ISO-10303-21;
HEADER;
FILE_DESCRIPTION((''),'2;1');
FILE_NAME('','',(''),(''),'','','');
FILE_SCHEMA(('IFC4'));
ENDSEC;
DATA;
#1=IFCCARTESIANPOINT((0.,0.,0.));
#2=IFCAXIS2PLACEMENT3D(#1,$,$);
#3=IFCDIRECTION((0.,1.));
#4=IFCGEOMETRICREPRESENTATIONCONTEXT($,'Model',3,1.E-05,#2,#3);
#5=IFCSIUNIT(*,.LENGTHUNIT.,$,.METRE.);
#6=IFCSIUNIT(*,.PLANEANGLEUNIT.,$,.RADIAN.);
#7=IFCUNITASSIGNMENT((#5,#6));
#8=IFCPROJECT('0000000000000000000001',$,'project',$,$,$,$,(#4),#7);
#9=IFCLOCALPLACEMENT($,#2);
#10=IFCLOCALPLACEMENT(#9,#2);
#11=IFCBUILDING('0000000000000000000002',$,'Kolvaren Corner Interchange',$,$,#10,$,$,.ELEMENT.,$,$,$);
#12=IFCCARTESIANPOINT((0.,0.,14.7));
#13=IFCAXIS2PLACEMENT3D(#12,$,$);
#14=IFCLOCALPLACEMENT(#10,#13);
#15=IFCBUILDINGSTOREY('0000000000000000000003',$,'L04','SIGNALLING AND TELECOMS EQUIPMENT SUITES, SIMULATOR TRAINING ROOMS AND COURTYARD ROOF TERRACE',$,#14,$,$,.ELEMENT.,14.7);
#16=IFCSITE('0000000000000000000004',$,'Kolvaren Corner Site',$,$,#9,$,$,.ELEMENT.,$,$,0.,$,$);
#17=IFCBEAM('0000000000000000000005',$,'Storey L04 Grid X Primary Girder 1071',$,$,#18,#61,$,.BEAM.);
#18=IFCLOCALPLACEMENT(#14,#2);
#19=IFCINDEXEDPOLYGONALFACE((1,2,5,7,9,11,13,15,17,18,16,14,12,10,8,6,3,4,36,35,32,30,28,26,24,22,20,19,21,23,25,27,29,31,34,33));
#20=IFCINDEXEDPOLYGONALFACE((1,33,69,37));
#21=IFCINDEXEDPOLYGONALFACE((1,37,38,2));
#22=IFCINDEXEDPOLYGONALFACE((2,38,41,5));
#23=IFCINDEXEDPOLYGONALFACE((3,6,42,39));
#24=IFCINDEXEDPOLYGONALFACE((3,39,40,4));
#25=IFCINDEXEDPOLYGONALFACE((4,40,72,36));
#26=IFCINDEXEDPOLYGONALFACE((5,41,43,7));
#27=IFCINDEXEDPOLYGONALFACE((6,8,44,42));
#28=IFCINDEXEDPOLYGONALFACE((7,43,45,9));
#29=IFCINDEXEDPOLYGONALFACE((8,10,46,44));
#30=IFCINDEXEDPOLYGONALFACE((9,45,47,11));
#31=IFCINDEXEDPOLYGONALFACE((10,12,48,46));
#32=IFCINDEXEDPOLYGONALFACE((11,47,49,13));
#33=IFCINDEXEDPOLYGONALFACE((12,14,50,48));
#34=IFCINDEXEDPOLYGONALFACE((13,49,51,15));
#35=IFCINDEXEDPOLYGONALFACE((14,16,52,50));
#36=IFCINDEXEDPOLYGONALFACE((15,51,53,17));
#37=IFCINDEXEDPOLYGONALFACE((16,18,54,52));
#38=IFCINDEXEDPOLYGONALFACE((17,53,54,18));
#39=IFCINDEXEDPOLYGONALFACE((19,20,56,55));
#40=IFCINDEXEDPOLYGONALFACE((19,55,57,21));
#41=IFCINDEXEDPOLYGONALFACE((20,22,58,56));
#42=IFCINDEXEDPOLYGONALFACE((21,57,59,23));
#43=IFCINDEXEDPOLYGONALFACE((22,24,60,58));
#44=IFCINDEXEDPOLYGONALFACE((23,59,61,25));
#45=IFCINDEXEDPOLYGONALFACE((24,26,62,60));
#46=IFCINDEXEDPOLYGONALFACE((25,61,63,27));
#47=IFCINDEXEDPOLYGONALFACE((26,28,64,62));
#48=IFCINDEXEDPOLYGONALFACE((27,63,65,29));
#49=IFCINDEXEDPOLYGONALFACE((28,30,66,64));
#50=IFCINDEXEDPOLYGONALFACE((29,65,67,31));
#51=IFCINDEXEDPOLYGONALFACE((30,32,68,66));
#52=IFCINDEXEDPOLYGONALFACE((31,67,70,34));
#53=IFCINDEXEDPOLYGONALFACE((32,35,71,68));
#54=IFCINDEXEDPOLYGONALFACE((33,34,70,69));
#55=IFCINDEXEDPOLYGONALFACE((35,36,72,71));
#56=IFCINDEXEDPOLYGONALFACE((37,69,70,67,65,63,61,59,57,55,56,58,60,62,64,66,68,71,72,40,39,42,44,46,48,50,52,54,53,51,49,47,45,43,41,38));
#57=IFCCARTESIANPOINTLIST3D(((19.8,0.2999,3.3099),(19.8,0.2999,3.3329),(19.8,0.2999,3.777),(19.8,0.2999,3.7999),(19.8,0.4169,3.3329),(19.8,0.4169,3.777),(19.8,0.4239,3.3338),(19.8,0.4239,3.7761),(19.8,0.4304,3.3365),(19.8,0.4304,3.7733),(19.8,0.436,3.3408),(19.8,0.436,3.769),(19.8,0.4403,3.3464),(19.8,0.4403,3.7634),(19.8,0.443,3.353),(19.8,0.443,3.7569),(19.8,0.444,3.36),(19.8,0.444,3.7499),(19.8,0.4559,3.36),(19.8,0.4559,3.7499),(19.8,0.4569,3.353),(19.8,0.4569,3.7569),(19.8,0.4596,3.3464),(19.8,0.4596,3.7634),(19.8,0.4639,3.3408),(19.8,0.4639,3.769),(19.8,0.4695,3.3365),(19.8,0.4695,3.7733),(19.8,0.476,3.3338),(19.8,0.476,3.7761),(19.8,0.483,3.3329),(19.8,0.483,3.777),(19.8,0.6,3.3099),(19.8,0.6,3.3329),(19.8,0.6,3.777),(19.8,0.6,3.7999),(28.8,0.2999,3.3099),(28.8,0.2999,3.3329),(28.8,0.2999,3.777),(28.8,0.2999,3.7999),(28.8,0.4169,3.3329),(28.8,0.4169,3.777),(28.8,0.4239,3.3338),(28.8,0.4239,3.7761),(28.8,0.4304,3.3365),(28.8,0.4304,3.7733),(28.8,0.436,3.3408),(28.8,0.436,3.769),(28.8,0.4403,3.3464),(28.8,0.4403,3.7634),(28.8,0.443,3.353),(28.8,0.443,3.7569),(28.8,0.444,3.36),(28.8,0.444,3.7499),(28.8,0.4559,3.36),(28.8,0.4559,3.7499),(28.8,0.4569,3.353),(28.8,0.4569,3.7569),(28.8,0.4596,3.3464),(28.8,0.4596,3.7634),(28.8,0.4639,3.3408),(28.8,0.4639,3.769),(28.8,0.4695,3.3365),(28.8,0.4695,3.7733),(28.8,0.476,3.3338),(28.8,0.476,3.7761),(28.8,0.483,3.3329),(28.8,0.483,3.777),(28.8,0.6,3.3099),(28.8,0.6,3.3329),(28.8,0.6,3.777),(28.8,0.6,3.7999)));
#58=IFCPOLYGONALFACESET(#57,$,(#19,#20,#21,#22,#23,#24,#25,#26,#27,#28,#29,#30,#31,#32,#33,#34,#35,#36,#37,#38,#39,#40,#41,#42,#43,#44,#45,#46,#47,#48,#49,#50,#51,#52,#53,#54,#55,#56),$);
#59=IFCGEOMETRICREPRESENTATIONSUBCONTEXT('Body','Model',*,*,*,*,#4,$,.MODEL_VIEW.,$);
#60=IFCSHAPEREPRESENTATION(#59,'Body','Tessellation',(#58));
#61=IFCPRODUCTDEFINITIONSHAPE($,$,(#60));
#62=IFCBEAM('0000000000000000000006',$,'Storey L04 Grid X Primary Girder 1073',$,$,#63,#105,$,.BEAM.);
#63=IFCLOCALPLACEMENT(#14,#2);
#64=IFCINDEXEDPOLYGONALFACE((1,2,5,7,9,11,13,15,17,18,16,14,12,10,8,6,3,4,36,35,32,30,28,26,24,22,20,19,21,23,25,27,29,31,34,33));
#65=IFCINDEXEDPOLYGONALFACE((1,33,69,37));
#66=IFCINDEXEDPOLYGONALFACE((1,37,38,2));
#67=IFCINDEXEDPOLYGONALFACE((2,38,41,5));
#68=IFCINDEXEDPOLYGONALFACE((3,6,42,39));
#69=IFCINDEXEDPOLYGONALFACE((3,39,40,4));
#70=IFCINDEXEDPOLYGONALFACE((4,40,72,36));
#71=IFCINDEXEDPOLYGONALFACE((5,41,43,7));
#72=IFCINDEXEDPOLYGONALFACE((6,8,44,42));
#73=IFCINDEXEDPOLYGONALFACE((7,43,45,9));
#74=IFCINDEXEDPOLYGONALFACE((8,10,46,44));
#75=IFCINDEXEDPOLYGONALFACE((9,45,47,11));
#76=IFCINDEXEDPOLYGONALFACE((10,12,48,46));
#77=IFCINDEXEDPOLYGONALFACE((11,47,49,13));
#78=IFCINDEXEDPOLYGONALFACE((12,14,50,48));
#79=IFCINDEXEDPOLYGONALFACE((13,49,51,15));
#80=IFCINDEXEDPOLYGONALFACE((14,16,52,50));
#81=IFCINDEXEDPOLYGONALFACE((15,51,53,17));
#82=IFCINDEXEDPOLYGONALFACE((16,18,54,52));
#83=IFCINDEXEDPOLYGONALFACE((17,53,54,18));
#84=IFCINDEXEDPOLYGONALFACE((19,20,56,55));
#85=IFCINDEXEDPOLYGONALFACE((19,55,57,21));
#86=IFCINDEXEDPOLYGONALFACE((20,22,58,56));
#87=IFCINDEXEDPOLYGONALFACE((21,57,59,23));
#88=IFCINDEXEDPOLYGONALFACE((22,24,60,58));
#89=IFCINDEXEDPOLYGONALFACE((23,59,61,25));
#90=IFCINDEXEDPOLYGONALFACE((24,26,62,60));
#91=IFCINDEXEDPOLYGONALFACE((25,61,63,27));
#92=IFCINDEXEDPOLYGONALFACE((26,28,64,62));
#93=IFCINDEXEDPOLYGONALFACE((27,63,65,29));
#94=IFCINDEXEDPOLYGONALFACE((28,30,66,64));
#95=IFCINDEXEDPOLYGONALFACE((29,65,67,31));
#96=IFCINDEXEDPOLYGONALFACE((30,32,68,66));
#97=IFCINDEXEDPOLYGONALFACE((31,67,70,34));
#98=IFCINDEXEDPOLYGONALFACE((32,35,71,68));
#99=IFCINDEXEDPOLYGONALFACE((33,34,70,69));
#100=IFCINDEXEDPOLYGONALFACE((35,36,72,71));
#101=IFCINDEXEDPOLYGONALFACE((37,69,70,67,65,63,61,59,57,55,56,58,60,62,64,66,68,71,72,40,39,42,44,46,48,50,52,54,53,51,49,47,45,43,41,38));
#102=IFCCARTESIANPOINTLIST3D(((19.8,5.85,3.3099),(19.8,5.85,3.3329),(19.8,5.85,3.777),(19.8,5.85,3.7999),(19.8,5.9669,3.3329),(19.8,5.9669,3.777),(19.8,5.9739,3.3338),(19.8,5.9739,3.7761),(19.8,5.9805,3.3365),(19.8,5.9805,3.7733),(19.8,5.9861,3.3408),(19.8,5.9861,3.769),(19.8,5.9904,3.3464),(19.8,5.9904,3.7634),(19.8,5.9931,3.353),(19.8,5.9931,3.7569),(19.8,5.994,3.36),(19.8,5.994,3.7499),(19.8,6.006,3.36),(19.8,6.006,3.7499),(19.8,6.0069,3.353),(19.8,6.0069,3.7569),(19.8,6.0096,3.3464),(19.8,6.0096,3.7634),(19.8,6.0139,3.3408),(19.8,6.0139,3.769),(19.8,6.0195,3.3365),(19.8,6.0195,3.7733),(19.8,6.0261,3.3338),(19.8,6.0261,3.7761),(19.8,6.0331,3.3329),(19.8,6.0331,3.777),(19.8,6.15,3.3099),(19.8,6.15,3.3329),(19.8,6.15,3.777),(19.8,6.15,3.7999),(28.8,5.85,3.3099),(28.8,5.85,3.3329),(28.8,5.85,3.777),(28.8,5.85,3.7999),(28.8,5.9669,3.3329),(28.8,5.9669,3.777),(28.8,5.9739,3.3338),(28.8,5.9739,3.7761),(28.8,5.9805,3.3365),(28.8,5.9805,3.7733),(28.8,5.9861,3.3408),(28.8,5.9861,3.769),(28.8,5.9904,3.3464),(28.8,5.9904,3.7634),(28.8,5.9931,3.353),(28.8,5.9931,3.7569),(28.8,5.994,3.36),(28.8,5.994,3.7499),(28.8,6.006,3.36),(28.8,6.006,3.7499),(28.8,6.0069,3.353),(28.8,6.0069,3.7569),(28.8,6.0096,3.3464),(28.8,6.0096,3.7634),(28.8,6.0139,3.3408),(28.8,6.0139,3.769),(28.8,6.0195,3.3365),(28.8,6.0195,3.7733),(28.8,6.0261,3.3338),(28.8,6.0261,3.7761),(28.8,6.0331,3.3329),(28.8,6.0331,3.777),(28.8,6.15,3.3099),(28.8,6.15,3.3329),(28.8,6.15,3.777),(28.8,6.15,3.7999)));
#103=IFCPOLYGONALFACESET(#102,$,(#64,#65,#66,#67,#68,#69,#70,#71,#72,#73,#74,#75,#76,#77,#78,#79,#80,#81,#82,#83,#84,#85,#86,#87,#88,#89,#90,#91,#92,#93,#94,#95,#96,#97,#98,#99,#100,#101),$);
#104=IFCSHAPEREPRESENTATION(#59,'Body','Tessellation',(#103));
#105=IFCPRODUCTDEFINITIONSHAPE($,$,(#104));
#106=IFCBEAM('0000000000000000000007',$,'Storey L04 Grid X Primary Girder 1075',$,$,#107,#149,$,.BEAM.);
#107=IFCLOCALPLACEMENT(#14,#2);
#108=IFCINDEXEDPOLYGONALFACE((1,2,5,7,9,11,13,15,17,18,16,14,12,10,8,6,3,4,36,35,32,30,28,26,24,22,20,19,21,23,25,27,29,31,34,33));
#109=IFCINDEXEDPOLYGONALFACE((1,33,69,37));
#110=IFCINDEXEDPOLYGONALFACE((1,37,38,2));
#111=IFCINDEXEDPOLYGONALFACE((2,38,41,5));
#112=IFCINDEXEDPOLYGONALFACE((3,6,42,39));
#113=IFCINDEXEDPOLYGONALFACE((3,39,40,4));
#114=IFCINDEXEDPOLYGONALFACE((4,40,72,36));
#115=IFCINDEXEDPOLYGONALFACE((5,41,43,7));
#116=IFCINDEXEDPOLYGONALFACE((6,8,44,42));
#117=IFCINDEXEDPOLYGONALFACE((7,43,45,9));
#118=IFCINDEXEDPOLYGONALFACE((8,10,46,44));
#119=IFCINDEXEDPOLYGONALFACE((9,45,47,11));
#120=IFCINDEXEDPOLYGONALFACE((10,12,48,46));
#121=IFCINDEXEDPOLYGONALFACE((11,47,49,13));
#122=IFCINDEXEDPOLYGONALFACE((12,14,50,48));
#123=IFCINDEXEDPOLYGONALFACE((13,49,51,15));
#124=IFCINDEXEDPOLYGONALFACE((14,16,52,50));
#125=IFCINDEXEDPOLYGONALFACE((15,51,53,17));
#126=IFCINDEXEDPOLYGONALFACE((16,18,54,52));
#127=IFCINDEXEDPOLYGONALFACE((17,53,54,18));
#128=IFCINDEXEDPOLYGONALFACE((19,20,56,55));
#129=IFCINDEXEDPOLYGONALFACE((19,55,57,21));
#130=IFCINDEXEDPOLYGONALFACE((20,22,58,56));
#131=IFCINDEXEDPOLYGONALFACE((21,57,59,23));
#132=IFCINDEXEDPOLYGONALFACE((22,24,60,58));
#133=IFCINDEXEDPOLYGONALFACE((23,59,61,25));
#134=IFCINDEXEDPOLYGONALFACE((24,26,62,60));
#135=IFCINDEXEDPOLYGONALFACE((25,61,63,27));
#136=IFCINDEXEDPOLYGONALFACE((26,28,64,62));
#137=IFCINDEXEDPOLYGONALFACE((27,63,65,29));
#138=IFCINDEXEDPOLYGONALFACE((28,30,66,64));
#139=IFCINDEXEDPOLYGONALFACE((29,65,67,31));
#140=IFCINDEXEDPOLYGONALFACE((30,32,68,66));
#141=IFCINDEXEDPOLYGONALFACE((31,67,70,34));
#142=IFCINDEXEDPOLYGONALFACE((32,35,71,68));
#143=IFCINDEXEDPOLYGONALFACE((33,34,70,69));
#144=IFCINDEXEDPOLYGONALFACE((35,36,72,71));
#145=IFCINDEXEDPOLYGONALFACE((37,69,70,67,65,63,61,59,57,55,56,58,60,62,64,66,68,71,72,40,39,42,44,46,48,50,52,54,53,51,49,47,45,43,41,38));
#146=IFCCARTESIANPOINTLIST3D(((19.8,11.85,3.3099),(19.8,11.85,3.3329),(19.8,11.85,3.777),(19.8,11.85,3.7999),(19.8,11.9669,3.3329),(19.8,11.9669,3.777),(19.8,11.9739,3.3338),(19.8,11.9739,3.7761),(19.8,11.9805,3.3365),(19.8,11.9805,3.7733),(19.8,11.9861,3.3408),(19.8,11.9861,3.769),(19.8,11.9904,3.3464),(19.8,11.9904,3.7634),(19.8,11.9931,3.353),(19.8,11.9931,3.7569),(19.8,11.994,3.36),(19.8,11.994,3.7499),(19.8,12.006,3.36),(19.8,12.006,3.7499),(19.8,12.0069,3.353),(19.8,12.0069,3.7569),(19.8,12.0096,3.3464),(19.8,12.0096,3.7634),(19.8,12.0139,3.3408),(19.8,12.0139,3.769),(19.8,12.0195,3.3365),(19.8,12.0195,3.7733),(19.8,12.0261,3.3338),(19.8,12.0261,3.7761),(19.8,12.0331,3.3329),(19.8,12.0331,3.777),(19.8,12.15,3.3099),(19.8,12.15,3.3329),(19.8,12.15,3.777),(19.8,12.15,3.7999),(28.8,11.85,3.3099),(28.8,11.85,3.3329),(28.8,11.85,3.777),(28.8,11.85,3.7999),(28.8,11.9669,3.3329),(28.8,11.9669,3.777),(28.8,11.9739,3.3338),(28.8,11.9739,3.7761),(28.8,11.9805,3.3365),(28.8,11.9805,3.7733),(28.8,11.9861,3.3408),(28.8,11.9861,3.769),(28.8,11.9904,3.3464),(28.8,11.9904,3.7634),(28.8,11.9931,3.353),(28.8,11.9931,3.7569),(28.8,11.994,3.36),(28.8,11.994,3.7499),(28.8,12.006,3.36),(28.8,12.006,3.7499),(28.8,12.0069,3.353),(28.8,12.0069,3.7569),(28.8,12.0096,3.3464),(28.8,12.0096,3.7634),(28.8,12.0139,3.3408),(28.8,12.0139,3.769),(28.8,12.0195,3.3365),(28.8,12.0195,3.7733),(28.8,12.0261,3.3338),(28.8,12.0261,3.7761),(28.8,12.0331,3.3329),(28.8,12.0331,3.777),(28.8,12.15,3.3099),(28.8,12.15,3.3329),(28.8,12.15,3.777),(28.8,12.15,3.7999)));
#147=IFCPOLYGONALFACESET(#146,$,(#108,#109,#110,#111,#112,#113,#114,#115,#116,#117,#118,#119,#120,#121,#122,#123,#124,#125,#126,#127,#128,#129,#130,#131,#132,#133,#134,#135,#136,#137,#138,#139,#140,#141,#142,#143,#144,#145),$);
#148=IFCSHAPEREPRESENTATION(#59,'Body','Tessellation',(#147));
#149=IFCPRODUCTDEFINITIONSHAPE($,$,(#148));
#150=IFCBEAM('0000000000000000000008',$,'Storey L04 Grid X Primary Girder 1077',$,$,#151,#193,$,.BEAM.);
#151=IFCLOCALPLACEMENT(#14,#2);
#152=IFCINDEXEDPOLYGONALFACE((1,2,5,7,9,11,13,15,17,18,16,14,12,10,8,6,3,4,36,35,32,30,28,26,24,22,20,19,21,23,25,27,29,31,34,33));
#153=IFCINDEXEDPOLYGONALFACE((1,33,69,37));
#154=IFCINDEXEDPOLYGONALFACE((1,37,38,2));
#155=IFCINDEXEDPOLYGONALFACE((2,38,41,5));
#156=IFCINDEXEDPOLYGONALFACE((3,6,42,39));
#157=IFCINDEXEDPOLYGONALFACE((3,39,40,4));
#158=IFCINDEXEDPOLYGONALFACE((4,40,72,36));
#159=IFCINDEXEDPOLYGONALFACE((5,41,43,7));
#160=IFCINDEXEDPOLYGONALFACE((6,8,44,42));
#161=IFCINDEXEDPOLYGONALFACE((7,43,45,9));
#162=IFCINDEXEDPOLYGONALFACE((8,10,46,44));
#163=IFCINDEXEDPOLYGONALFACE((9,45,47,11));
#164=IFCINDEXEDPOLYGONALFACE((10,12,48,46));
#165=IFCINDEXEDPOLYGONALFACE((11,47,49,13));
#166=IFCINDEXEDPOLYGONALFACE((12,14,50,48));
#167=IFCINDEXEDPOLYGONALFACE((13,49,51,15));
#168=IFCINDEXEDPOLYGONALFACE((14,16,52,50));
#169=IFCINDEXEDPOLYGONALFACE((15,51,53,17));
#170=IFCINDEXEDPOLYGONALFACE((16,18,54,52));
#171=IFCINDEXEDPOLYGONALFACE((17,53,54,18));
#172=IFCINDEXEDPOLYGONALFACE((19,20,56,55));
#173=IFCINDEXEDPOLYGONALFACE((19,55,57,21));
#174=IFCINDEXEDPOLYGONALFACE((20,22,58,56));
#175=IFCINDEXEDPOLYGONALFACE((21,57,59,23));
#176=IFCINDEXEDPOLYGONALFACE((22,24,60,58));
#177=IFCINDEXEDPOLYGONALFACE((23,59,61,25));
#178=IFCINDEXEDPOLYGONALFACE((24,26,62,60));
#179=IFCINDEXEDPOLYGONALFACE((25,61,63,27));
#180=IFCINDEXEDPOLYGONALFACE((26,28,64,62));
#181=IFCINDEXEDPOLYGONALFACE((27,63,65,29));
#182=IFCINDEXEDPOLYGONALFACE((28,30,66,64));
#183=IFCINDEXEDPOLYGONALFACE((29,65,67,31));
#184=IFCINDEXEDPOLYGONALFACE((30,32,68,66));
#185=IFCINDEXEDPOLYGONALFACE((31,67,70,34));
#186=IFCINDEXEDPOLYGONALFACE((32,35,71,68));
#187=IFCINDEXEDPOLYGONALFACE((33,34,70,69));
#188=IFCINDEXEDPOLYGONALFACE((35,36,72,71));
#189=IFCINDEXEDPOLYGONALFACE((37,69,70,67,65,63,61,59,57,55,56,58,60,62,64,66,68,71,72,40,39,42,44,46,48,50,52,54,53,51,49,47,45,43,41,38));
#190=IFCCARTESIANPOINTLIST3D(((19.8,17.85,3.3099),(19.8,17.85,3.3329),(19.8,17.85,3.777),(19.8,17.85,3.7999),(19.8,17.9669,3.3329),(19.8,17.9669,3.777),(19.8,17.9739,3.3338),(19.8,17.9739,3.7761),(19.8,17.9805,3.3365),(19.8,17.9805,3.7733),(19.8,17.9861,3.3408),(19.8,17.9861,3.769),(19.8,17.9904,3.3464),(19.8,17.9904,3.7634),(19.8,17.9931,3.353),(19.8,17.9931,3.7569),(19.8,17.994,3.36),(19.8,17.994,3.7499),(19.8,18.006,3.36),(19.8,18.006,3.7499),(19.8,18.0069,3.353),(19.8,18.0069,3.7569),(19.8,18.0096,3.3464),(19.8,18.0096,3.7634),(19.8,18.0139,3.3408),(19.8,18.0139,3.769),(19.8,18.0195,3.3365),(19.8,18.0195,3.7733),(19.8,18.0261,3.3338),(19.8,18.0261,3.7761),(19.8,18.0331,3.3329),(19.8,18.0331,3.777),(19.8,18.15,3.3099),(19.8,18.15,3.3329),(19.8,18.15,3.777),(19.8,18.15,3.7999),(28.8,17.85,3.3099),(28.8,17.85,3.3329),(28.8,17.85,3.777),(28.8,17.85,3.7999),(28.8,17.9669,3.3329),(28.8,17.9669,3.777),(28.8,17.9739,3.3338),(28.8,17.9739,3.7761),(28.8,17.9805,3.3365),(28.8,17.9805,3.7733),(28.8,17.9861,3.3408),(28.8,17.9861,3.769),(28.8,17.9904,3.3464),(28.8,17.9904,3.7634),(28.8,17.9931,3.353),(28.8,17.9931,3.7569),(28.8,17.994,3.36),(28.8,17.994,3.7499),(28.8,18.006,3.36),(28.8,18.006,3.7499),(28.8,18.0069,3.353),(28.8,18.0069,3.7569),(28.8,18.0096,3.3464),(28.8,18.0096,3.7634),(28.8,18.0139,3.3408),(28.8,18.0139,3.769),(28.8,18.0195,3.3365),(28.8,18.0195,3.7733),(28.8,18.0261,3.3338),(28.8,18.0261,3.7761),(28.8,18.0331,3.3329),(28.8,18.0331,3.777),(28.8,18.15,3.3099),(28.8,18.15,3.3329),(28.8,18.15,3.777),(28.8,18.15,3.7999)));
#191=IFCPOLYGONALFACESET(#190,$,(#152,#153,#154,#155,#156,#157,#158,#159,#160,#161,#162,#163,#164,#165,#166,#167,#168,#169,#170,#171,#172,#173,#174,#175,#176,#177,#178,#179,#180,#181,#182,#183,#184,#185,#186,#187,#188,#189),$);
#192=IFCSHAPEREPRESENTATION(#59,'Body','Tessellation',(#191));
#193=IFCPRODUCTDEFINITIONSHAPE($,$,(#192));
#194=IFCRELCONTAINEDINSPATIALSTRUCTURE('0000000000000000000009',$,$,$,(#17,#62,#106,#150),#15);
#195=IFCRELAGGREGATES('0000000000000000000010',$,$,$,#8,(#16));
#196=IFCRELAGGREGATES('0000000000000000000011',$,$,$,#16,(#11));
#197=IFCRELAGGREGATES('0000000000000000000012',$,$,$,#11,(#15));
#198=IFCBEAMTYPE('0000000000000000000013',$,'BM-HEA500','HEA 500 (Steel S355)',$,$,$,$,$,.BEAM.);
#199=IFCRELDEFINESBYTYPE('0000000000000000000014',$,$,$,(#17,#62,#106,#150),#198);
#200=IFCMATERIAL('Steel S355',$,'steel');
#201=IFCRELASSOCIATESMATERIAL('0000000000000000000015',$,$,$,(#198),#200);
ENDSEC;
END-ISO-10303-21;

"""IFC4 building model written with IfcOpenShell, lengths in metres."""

from ifc_helpers import new_model, si_unit, direction, frame, origin, origin_2d, place, context, subcontext, project, spatial, i_section, extrude, material, material_profile, profile_set, type_object, element, save


model = new_model("IFC4")

# Units and contexts
model_context = context("Model", 3, precision=1e-05, world=origin(), true_north=direction((0.0, 1.0)))
body_context = subcontext(model_context, "Body", "Model", "MODEL_VIEW")
ifc_project = project(units=[si_unit("LENGTHUNIT", "METRE"), si_unit("PLANEANGLEUNIT", "RADIAN")], contexts=[model_context])

# Site, building, storey
site_placement = place(None, origin())
site = spatial("IfcSite", under=ifc_project, at=site_placement, Name="Kolvaren Corner Site", CompositionType="ELEMENT", RefElevation=0.0)
building_placement = place(site_placement, origin())
building = spatial("IfcBuilding", under=site, at=building_placement, Name="Kolvaren Corner Interchange", CompositionType="ELEMENT")
storey_placement = place(building_placement, frame((0.0, 0.0, 14.7)))
storey = spatial("IfcBuildingStorey", under=building, at=storey_placement, Name="L04", Description="SIGNALLING AND TELECOMS EQUIPMENT SUITES, SIMULATOR TRAINING ROOMS AND COURTYARD ROOF TERRACE", CompositionType="ELEMENT", Elevation=14.7)

# Beams
ifc_material_1 = material(Name="Steel S355", Category="steel")
ifc_material_profile_1 = material_profile(ifc_material_1, i_section(OverallWidth=0.3, OverallDepth=0.49, WebThickness=0.012, FlangeThickness=0.0229, FilletRadius=0.0271, at=origin_2d()), Name="HEA 500")
ifc_profile_set_1 = profile_set([ifc_material_profile_1], Name="Steel S355")
beam_type_1 = type_object("IfcBeamType", Name="BM-HEA500", Description="HEA 500 (Steel S355)", PredefinedType="BEAM", material=ifc_profile_set_1)
for number, where, z_axis, x_axis, name in (
    (1, (19.8, 0.45, 3.5549), (1.0, 0.0, 0.0), (0.0, 1.0, 0.0), "Storey L04 Grid X Primary Girder 1071"),
    (2, (19.8, 6.0, 3.5549), (1.0, 0.0, 0.0), (0.0, 1.0, 0.0), "Storey L04 Grid X Primary Girder 1073"),
    (3, (19.8, 12.0, 3.5549), (1.0, 0.0, 0.0), (0.0, 1.0, 0.0), "Storey L04 Grid X Primary Girder 1075"),
    (4, (19.8, 18.0, 3.5549), (1.0, 0.0, 0.0), (0.0, 1.0, 0.0), "Storey L04 Grid X Primary Girder 1077"),
):
    element("IfcBeam", number, at=place(storey_placement, frame(where, z_axis=z_axis, x_axis=x_axis)), inside=storey, type_object=beam_type_1, Name=name, PredefinedType="BEAM", context=body_context, shape_type="SweptSolid", body=[
        extrude(i_section(OverallWidth=0.3, OverallDepth=0.49, WebThickness=0.012, FlangeThickness=0.0229, FilletRadius=0.0271, at=origin_2d()), origin(), (0.0, 0.0, 1.0), 9.0),
    ])

save(model, "model.ifc")
